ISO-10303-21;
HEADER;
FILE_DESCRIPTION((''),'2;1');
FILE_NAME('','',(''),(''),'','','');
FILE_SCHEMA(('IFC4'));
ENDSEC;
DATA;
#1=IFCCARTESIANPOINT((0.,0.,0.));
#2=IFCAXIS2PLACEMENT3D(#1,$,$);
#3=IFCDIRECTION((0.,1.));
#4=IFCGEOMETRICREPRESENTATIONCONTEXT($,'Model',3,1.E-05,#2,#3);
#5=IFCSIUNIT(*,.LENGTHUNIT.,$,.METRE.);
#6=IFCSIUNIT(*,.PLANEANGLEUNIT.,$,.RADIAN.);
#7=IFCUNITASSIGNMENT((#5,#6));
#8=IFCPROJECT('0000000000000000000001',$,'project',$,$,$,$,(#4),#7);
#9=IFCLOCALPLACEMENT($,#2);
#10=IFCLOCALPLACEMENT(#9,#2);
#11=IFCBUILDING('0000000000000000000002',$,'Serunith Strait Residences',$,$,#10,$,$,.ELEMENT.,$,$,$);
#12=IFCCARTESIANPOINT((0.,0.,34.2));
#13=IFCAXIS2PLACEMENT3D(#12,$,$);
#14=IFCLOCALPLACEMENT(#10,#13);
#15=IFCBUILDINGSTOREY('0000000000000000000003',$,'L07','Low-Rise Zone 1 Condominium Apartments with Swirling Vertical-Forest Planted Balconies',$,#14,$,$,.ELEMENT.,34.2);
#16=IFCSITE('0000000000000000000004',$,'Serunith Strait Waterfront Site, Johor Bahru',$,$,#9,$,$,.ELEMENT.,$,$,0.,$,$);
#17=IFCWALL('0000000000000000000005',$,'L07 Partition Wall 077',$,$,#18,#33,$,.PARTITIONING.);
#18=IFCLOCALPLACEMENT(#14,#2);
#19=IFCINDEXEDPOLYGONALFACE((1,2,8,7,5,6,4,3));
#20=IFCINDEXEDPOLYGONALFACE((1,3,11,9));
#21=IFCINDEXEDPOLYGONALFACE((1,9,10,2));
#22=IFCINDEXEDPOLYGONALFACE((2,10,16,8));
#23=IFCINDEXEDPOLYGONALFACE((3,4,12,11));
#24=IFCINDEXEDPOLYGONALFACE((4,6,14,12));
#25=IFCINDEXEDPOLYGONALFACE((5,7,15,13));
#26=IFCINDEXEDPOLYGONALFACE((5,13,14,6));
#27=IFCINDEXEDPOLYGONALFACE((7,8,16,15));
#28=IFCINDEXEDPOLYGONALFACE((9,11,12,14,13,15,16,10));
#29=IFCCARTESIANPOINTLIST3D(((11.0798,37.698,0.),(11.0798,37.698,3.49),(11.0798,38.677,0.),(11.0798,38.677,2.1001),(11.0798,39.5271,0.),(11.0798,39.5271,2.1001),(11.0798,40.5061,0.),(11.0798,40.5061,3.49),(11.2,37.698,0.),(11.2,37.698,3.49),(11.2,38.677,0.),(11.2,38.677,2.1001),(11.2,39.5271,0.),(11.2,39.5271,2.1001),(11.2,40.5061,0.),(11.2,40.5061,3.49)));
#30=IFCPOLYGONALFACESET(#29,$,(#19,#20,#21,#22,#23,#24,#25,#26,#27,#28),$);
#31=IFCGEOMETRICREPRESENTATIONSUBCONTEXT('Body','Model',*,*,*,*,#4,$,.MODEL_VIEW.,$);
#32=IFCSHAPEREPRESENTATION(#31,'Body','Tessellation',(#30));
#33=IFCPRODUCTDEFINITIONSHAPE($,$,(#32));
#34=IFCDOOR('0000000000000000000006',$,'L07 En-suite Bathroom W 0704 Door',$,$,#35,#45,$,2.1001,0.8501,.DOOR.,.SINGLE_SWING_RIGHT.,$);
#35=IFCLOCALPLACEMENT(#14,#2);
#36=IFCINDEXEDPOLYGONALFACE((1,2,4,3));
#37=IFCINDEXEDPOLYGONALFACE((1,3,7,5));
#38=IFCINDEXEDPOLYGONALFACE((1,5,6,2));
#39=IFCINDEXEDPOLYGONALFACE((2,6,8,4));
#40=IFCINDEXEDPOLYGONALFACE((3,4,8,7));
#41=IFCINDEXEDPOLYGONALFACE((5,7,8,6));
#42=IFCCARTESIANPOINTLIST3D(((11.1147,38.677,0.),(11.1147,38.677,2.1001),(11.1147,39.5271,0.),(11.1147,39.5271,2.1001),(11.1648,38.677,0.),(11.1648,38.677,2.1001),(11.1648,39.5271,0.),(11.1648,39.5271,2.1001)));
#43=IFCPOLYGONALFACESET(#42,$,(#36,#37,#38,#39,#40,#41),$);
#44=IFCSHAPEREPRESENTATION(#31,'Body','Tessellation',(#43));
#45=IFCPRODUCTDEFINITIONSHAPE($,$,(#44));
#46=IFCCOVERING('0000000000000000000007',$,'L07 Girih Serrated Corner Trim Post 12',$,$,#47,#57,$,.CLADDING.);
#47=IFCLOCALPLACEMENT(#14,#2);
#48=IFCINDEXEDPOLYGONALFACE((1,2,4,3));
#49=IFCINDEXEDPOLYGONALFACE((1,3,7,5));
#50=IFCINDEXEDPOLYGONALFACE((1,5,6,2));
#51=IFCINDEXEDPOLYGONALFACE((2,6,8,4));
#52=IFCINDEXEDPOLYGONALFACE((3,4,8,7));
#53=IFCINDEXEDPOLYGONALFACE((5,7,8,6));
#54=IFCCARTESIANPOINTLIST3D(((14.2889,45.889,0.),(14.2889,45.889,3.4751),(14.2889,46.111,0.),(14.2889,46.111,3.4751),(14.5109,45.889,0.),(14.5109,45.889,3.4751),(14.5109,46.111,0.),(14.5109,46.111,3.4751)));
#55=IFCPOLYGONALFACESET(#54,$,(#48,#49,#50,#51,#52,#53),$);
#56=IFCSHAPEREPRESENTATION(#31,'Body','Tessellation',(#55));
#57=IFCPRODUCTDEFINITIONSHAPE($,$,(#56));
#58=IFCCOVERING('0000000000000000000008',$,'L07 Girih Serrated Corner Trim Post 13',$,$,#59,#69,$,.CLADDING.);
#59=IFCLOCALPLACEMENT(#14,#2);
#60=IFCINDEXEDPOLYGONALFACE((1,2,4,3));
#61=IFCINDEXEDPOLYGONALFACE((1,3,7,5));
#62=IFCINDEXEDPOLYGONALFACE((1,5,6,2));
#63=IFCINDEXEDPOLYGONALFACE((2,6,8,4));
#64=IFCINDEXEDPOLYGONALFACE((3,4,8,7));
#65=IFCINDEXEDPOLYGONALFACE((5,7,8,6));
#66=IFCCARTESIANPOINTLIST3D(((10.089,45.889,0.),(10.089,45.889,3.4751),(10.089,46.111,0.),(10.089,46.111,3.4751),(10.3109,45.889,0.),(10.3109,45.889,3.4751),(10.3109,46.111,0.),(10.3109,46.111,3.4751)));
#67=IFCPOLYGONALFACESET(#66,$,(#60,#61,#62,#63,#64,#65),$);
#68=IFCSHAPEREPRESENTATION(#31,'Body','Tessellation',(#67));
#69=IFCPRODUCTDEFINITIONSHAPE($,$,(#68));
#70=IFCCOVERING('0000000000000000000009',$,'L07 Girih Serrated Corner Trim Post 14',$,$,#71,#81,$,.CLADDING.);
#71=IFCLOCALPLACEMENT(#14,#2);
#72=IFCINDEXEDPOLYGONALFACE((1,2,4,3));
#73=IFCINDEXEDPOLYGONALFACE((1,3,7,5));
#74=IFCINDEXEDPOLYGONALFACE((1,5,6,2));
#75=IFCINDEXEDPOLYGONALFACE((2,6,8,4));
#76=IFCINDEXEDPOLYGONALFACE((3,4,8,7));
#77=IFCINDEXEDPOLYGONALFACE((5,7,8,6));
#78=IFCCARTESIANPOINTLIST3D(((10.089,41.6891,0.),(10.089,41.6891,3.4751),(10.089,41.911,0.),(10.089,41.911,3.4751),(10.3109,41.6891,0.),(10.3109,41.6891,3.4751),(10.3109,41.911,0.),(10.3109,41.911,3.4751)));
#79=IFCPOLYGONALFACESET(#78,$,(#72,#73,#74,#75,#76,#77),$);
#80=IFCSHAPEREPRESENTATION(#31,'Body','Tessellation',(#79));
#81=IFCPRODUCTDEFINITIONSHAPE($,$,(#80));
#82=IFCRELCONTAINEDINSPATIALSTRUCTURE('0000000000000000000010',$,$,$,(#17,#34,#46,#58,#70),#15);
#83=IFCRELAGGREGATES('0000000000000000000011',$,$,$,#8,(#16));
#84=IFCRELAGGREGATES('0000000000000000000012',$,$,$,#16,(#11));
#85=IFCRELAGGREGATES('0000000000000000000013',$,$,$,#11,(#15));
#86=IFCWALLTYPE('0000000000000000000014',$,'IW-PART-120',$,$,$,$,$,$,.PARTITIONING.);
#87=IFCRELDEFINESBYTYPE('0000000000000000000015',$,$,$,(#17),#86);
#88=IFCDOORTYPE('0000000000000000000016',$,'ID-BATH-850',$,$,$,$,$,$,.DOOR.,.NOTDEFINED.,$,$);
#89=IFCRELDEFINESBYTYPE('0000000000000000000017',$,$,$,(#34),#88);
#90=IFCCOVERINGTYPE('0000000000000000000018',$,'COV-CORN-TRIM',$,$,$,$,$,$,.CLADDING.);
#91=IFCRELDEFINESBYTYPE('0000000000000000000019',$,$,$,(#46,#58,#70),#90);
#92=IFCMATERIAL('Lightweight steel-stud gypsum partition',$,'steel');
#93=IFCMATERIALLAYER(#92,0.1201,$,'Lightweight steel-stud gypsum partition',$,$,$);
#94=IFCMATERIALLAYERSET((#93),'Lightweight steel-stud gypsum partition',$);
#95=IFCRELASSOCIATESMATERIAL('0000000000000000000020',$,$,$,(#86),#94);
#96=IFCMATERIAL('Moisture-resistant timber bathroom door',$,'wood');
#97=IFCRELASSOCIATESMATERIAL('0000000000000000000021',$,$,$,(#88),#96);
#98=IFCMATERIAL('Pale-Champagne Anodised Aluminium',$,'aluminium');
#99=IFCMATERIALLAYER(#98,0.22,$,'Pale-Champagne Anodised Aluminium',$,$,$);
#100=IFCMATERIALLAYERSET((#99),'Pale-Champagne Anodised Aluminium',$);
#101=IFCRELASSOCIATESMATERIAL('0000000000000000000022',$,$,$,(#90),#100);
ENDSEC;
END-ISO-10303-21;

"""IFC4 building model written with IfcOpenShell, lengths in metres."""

from ifc_helpers import new_model, si_unit, direction, frame, frame_2d, origin, origin_2d, place, context, subcontext, project, spatial, rectangle, extrude, source, transform, mapped, material, layer, layer_set, type_object, element, fill, save


model = new_model("IFC4")

# Units and contexts
model_context = context("Model", 3, precision=1e-05, world=origin(), true_north=direction((0.0, 1.0)))
body_context = subcontext(model_context, "Body", "Model", "MODEL_VIEW")
ifc_project = project(units=[si_unit("LENGTHUNIT", "METRE"), si_unit("PLANEANGLEUNIT", "RADIAN")], contexts=[model_context])

# Site, building, storey
site_placement = place(None, origin())
site = spatial("IfcSite", under=ifc_project, at=site_placement, Name="Serunith Strait Waterfront Site, Johor Bahru", CompositionType="ELEMENT", RefElevation=0.0)
building_placement = place(site_placement, origin())
building = spatial("IfcBuilding", under=site, at=building_placement, Name="Serunith Strait Residences", CompositionType="ELEMENT")
storey_placement = place(building_placement, frame((0.0, 0.0, 34.2)))
storey = spatial("IfcBuildingStorey", under=building, at=storey_placement, Name="L07", Description="Low-Rise Zone 1 Condominium Apartments with Swirling Vertical-Forest Planted Balconies", CompositionType="ELEMENT", Elevation=34.2)

# Shared definitions
ifc_material_1 = material(Name="Pale-Champagne Anodised Aluminium", Category="aluminium")

# Shared definitions
ifc_material_2 = material(Name="Lightweight steel-stud gypsum partition", Category="steel")
ifc_layer_1 = layer(ifc_material_2, 0.1201, Name="Lightweight steel-stud gypsum partition")
ifc_layer_set_1 = layer_set([ifc_layer_1], Name="Lightweight steel-stud gypsum partition")
wall_type_1 = type_object("IfcWallType", Name="IW-PART-120", PredefinedType="PARTITIONING", material=ifc_layer_set_1)

# Wall, opening, door
wall_1_placement = place(storey_placement, frame((11.1399, 40.5061, 0.0), z_axis=(0.0, 0.0, 1.0), x_axis=(0.0, -1.0, 0.0)))
wall_1 = element("IfcWall", 1, at=wall_1_placement, inside=storey, type_object=wall_type_1, Name="L07 Partition Wall 077", PredefinedType="PARTITIONING", context=body_context, shape_type="SweptSolid", body=[
    extrude(rectangle(XDim=2.8081, YDim=0.1201, at=frame_2d((1.4041, 0.0))), origin(), (0.0, 0.0, 1.0), 3.49),
])
opening_1_placement = place(wall_1_placement, frame((0.979, 0.0, 0.0)))
opening_1 = element("IfcOpeningElement", 2, at=opening_1_placement, cuts=wall_1, PredefinedType="OPENING", context=body_context, shape_type="SweptSolid", body=[
    extrude(rectangle(XDim=0.8501, YDim=2.1001, at=frame_2d((0.425, 1.05))), frame((0.0, 0.0701, 0.0), z_axis=(0.0, -1.0, 0.0), x_axis=(1.0, 0.0, 0.0)), (0.0, 0.0, 1.0), 0.1401),
])
ifc_material_3 = material(Name="Moisture-resistant timber bathroom door", Category="wood")
door_type = type_object("IfcDoorType", Name="ID-BATH-850", OperationType="NOTDEFINED", PredefinedType="DOOR", material=ifc_material_3)
shared_shape_1 = source(origin(), body_context, "Body", "SweptSolid", [
    extrude(rectangle(XDim=0.8501, YDim=2.1001, at=frame_2d((0.425, 1.05))), frame((0.0, 0.0249, 0.0), z_axis=(0.0, -1.0, 0.0), x_axis=(1.0, 0.0, 0.0)), (0.0, 0.0, 1.0), 0.05),
])
door_placement = place(opening_1_placement, origin())
door = element("IfcDoor", 3, at=door_placement, inside=storey, type_object=door_type, Name="L07 En-suite Bathroom W 0704 Door", OperationType="SINGLE_SWING_RIGHT", OverallHeight=2.1001, OverallWidth=0.8501, PredefinedType="DOOR", context=body_context, shape_type="MappedRepresentation", body=[
    mapped(shared_shape_1, transform((0.0, 0.0, 0.0), scale=1.0)),
])
fill(opening_1, door)

# Coverings
ifc_layer_2 = layer(ifc_material_1, 0.22, Name="Pale-Champagne Anodised Aluminium")
ifc_layer_set_2 = layer_set([ifc_layer_2], Name="Pale-Champagne Anodised Aluminium")
covering_type = type_object("IfcCoveringType", Name="COV-CORN-TRIM", PredefinedType="CLADDING", material=ifc_layer_set_2)
shared_shape_2 = source(origin(), body_context, "Body", "SweptSolid", [
    extrude(rectangle(XDim=0.2219, YDim=0.2219, at=origin_2d()), origin(), (0.0, 0.0, 1.0), 3.4751),
])
for number, where, z_axis, x_axis, name in (
    (4, (14.3999, 46.0, 0.0), (0.0, 0.0, 1.0), (1.0, 0.0, 0.0), "L07 Girih Serrated Corner Trim Post 12"),
    (5, (10.2, 46.0, 0.0), (0.0, 0.0, 1.0), (1.0, 0.0, 0.0), "L07 Girih Serrated Corner Trim Post 13"),
    (6, (10.2, 41.8, 0.0), (0.0, 0.0, 1.0), (1.0, 0.0, 0.0), "L07 Girih Serrated Corner Trim Post 14"),
):
    element("IfcCovering", number, at=place(storey_placement, frame(where, z_axis=z_axis, x_axis=x_axis)), inside=storey, type_object=covering_type, Name=name, PredefinedType="CLADDING", context=body_context, shape_type="MappedRepresentation", body=[
        mapped(shared_shape_2, transform((0.0, 0.0, 0.0), scale=1.0)),
    ])

save(model, "model.ifc")
